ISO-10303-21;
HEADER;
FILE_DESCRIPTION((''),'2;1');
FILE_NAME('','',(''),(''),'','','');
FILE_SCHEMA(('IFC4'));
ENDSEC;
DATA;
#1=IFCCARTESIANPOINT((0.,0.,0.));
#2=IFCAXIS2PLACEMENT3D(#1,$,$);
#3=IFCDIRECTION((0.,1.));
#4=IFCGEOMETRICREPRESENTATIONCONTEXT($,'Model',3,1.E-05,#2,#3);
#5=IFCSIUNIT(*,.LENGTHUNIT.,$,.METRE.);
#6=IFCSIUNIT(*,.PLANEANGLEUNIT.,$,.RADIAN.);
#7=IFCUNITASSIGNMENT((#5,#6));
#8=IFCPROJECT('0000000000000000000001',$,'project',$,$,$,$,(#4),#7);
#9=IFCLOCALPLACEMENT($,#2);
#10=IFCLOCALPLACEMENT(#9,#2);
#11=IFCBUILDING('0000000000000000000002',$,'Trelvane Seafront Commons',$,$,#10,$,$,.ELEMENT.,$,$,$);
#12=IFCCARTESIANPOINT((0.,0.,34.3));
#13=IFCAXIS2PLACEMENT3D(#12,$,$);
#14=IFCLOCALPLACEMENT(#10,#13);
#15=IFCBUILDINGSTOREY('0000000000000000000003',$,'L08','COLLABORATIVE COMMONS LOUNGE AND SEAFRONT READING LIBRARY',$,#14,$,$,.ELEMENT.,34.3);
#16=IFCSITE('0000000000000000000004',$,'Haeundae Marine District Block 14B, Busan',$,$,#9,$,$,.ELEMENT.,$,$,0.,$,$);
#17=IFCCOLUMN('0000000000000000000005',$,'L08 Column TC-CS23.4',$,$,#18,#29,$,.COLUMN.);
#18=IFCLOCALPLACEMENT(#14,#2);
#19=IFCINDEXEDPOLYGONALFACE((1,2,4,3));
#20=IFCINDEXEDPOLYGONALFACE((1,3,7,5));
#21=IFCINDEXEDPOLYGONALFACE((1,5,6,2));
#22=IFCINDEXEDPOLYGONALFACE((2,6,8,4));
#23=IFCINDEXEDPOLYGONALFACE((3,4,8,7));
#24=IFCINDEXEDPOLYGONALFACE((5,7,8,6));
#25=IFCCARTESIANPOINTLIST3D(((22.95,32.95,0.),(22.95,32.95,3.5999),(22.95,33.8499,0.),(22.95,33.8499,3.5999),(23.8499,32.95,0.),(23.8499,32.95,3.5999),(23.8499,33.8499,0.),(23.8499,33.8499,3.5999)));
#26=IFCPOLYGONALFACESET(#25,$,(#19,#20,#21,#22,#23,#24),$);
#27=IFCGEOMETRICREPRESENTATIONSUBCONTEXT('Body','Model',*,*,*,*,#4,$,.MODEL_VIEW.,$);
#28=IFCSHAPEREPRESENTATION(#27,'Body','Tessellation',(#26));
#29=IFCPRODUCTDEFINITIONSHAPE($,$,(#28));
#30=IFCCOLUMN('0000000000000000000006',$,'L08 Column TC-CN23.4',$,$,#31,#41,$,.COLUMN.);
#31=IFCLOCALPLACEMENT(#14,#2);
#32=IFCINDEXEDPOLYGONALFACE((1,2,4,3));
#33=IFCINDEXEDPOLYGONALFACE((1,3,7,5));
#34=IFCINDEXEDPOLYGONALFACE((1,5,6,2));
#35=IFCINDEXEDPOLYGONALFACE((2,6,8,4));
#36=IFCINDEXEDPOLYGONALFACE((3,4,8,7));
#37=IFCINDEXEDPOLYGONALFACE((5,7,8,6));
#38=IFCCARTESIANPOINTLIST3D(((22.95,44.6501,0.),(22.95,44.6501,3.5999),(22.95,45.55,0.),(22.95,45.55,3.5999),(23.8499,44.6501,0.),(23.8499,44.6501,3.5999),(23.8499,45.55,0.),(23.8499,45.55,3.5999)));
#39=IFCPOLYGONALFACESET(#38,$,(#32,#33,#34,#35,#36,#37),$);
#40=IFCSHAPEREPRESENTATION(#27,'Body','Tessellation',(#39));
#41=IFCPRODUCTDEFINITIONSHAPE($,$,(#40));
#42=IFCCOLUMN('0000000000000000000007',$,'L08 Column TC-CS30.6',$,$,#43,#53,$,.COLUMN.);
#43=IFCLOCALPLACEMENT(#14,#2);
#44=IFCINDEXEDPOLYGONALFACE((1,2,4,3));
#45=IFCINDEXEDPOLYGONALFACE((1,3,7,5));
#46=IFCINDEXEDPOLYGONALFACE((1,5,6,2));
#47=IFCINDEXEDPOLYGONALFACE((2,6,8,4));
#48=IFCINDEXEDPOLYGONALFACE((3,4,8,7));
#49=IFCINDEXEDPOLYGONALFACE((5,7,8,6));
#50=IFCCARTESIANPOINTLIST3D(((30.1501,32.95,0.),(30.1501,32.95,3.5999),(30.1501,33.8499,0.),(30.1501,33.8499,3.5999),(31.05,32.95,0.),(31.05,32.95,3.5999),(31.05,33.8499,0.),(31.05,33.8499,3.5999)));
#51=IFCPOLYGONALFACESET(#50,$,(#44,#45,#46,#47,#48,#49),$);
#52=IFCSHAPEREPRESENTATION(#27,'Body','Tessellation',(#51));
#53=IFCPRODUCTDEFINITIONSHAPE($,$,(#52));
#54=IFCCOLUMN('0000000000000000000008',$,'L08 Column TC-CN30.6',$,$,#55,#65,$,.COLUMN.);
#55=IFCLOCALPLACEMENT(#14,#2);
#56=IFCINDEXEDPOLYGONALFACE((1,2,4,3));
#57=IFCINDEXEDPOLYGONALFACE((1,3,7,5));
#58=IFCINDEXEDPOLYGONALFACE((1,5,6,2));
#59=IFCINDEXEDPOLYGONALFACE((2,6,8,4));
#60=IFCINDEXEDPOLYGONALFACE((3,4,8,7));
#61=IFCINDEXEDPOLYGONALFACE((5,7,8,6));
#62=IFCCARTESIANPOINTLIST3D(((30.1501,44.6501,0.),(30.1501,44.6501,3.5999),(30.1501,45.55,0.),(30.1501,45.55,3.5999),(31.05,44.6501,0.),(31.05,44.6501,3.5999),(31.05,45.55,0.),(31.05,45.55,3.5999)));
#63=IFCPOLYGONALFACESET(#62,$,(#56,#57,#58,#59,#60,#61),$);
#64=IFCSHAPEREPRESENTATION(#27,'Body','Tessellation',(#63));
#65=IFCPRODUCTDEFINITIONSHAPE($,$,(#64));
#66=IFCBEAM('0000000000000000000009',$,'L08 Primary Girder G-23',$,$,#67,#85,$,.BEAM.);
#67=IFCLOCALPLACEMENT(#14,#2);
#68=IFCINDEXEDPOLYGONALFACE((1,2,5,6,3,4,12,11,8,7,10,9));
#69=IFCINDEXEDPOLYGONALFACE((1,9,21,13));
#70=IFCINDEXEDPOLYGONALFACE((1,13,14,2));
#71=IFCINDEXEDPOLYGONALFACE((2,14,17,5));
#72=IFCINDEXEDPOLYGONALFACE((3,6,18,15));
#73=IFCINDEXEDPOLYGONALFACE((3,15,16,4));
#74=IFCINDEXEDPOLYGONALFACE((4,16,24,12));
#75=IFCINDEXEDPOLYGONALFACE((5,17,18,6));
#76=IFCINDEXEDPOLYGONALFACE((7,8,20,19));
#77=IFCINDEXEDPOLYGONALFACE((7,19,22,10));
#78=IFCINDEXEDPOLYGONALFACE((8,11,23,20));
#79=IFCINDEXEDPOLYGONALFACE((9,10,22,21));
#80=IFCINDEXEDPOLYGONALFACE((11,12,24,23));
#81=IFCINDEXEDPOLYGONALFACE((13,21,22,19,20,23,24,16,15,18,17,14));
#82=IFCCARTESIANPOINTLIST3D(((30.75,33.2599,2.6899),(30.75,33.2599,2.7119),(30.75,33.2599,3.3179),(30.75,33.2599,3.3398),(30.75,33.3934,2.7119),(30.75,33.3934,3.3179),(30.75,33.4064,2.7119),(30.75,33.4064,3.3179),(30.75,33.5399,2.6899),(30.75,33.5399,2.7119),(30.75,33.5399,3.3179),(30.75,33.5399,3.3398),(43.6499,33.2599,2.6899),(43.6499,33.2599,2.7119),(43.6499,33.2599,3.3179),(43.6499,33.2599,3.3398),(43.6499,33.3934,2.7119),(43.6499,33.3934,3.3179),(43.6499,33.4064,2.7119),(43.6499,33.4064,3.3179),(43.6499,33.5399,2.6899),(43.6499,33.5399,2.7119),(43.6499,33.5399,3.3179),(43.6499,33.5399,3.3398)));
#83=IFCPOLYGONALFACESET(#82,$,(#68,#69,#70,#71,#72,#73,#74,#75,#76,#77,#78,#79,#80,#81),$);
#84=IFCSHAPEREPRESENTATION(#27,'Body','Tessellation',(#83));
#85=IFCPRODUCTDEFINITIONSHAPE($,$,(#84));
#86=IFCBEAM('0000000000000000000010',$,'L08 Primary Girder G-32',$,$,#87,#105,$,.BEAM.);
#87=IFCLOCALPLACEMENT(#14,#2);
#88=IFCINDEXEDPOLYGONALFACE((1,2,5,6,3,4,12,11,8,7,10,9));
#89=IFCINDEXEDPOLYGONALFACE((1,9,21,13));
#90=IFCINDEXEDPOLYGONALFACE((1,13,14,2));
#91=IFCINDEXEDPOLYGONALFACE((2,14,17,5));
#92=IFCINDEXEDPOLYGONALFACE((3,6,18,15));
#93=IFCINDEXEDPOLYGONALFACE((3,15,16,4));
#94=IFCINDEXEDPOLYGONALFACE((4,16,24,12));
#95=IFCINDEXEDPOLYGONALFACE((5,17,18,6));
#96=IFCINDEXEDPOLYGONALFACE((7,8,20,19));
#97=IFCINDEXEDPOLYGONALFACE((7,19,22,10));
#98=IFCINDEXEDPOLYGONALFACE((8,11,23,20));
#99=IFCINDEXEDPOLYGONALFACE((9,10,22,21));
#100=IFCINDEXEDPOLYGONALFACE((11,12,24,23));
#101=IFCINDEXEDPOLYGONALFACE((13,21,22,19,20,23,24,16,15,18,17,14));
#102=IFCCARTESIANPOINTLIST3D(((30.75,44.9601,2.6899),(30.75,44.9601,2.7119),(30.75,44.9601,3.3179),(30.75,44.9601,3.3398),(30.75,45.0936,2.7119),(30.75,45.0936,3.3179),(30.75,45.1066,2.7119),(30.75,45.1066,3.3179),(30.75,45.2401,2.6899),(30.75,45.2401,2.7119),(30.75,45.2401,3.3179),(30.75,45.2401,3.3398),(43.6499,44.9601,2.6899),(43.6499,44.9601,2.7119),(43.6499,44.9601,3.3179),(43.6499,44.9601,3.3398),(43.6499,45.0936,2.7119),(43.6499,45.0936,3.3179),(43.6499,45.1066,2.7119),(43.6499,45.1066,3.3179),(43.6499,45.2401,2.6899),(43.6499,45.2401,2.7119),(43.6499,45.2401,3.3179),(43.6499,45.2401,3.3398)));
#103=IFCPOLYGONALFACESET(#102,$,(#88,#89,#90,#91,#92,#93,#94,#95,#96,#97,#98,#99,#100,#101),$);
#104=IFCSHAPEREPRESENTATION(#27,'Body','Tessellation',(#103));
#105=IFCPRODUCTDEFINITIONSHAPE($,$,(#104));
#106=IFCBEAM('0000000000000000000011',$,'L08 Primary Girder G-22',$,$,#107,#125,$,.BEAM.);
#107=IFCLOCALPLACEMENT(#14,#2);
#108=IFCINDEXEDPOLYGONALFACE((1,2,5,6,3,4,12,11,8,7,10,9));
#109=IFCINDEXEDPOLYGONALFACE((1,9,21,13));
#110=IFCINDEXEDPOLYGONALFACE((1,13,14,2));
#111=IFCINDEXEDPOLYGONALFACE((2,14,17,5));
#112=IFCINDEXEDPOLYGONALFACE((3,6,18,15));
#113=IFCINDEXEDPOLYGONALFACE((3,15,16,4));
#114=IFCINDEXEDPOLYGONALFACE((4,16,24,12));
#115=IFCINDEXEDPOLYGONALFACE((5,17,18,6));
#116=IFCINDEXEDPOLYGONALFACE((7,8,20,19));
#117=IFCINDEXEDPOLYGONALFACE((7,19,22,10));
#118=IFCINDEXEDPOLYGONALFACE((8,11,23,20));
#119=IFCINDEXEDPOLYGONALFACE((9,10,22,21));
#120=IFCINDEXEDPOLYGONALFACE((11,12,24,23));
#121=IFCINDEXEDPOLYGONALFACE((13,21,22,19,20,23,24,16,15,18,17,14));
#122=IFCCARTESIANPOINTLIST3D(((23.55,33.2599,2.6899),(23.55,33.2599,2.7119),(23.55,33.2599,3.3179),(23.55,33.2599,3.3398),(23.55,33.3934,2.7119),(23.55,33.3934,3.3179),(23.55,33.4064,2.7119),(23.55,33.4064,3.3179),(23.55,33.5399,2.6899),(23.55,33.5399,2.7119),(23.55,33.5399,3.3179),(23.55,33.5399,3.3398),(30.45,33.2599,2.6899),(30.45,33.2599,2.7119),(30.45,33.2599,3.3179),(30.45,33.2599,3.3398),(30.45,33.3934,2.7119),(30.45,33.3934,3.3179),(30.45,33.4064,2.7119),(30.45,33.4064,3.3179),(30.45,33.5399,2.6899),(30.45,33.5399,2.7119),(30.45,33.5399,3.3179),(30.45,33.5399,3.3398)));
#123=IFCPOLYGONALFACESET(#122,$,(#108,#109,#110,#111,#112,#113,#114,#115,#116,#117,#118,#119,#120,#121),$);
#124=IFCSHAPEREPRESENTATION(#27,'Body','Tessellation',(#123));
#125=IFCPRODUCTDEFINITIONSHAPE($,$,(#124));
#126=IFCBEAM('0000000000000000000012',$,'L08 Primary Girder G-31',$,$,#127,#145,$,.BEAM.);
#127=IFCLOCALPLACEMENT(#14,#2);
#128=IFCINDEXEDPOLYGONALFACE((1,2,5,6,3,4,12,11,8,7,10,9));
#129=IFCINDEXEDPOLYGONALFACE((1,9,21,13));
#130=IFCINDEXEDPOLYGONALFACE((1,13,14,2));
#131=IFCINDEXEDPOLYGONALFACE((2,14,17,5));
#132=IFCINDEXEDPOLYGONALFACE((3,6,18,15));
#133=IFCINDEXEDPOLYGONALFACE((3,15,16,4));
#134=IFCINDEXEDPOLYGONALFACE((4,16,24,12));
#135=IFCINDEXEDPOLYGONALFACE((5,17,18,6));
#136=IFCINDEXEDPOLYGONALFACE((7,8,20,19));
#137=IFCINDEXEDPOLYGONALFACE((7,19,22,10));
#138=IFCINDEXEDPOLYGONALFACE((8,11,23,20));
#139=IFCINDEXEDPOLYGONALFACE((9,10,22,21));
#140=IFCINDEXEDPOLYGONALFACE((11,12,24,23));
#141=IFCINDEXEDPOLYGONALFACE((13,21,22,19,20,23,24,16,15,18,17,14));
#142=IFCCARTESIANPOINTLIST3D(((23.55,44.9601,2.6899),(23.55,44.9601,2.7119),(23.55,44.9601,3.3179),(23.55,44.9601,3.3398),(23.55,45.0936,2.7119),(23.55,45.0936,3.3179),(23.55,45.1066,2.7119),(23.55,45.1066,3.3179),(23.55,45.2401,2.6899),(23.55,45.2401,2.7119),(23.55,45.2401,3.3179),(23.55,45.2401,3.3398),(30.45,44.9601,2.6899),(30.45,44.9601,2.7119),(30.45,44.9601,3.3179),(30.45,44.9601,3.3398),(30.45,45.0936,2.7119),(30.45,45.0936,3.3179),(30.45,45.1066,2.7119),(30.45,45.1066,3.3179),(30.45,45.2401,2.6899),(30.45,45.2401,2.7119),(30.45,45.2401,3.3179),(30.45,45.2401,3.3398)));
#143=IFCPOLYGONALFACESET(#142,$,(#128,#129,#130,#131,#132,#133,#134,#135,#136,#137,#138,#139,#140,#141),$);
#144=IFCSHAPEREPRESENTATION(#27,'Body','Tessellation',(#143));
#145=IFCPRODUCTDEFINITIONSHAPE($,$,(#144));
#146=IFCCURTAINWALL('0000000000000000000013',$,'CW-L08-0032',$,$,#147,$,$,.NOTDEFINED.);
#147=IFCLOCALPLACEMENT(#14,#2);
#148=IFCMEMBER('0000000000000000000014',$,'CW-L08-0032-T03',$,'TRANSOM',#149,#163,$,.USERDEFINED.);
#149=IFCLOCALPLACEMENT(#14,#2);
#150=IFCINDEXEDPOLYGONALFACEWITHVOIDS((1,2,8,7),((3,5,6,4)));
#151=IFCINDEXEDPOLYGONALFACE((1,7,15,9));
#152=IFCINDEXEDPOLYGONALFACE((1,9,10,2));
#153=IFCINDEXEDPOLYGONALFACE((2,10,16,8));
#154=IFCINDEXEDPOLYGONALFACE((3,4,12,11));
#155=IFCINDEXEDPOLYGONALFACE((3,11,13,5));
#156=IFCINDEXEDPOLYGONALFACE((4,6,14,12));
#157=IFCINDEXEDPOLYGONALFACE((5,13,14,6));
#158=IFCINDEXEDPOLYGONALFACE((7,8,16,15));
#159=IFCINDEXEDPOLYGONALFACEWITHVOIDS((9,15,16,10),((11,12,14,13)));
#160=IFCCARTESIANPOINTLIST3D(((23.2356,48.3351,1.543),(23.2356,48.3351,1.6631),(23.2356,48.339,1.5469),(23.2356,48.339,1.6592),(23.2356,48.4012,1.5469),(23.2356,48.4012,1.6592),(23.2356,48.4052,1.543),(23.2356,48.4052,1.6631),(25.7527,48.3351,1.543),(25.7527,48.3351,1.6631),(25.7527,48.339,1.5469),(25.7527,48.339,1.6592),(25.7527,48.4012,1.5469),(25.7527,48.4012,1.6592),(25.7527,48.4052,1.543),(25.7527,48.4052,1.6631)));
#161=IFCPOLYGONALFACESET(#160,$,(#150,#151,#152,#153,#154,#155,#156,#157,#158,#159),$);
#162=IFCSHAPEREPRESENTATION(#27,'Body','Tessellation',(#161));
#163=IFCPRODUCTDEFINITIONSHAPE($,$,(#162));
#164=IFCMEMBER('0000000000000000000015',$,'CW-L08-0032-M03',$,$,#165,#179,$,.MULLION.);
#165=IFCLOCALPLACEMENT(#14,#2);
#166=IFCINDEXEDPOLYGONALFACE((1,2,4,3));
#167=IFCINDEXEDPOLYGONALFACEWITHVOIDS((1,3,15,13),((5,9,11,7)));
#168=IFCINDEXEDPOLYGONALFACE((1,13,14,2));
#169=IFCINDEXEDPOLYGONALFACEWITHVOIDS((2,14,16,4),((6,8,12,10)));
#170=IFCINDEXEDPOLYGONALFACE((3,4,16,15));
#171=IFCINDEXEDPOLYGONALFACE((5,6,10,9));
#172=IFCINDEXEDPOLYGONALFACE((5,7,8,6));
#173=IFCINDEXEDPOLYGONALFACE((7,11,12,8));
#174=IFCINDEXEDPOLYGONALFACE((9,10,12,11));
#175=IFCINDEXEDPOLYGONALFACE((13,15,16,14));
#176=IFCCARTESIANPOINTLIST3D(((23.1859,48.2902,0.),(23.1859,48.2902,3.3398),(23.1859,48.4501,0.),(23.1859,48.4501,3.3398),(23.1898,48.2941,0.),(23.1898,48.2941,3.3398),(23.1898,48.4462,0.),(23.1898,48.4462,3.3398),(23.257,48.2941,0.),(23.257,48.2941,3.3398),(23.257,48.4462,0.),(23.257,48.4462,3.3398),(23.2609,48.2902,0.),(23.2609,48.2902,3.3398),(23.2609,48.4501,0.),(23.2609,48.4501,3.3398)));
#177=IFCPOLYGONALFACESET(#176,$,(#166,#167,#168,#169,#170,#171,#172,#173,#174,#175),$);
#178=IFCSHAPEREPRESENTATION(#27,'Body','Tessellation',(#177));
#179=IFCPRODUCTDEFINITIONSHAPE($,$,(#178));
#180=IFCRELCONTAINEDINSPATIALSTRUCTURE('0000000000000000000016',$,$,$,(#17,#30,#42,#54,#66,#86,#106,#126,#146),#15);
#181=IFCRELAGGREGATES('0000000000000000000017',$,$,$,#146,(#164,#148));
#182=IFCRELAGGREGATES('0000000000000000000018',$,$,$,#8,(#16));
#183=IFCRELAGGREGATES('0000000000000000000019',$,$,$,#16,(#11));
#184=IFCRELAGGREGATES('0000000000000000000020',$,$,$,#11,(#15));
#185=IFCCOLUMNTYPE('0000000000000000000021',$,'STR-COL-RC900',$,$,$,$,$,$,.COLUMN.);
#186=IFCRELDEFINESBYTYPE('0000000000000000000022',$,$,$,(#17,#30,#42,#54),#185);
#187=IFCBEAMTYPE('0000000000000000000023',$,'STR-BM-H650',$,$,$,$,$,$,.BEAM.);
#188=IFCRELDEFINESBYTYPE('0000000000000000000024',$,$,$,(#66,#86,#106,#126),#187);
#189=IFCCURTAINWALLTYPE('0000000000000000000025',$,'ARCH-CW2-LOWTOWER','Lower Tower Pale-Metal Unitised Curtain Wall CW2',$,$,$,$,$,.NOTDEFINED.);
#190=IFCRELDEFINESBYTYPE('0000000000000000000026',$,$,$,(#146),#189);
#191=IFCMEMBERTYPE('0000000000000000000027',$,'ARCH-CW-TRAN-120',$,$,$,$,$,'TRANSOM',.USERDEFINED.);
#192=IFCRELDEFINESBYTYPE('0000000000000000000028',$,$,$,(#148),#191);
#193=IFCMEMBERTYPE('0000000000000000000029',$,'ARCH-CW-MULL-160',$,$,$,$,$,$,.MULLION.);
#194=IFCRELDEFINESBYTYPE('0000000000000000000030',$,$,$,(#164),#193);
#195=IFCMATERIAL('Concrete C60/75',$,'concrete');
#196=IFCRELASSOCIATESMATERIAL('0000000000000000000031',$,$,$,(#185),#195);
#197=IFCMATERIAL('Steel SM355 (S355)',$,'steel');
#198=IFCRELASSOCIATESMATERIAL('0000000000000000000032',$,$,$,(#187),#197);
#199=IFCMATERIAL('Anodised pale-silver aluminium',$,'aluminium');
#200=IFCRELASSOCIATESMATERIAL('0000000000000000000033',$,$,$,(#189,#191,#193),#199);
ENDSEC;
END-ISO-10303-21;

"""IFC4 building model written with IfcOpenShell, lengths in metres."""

from ifc_helpers import new_model, si_unit, direction, frame, origin, origin_2d, place, context, subcontext, project, spatial, rectangle, hollow_rectangle, i_section, extrude, source, transform, mapped, material, material_profile, profile_set, type_object, element, aggregate, save


model = new_model("IFC4")

# Units and contexts
model_context = context("Model", 3, precision=1e-05, world=origin(), true_north=direction((0.0, 1.0)))
body_context = subcontext(model_context, "Body", "Model", "MODEL_VIEW")
ifc_project = project(units=[si_unit("LENGTHUNIT", "METRE"), si_unit("PLANEANGLEUNIT", "RADIAN")], contexts=[model_context])

# Site, building, storey
site_placement = place(None, origin())
site = spatial("IfcSite", under=ifc_project, at=site_placement, Name="Haeundae Marine District Block 14B, Busan", CompositionType="ELEMENT", RefElevation=0.0)
building_placement = place(site_placement, origin())
building = spatial("IfcBuilding", under=site, at=building_placement, Name="Trelvane Seafront Commons", CompositionType="ELEMENT")
storey_placement = place(building_placement, frame((0.0, 0.0, 34.3)))
storey = spatial("IfcBuildingStorey", under=building, at=storey_placement, Name="L08", Description="COLLABORATIVE COMMONS LOUNGE AND SEAFRONT READING LIBRARY", CompositionType="ELEMENT", Elevation=34.3)

# Columns
ifc_material_1 = material(Name="Concrete C60/75", Category="concrete")
ifc_material_profile_1 = material_profile(ifc_material_1, rectangle(XDim=0.8999, YDim=0.8999, at=origin_2d()), Name="RC-900x900")
ifc_profile_set_1 = profile_set([ifc_material_profile_1], Name="Concrete C60/75")
column_type = type_object("IfcColumnType", Name="STR-COL-RC900", PredefinedType="COLUMN", material=ifc_profile_set_1)
shared_shape_1 = source(origin(), body_context, "Body", "SweptSolid", [
    extrude(rectangle(XDim=0.8999, YDim=0.8999, at=origin_2d()), origin(), (0.0, 0.0, 1.0), 3.5999),
])
for number, where, z_axis, x_axis, name in (
    (1, (23.3999, 33.3999, 0.0), (0.0, 0.0, 1.0), (1.0, 0.0, 0.0), "L08 Column TC-CS23.4"),
    (2, (23.3999, 45.1001, 0.0), (0.0, 0.0, 1.0), (1.0, 0.0, 0.0), "L08 Column TC-CN23.4"),
    (3, (30.6001, 33.3999, 0.0), (0.0, 0.0, 1.0), (1.0, 0.0, 0.0), "L08 Column TC-CS30.6"),
    (4, (30.6001, 45.1001, 0.0), (0.0, 0.0, 1.0), (1.0, 0.0, 0.0), "L08 Column TC-CN30.6"),
):
    element("IfcColumn", number, at=place(storey_placement, frame(where, z_axis=z_axis, x_axis=x_axis)), inside=storey, type_object=column_type, Name=name, PredefinedType="COLUMN", context=body_context, shape_type="MappedRepresentation", body=[
        mapped(shared_shape_1, transform((0.0, 0.0, 0.0), x_axis=(1.0, 0.0, 0.0), y_axis=(0.0, 1.0, 0.0), z_axis=(0.0, 0.0, 1.0), scale=1.0)),
    ])

# Beams
ifc_material_2 = material(Name="Steel SM355 (S355)", Category="steel")
ifc_material_profile_2 = material_profile(ifc_material_2, i_section(OverallWidth=0.28, OverallDepth=0.6499, WebThickness=0.0129, FlangeThickness=0.022, at=origin_2d()), Name="H-650x280x13x22")
ifc_profile_set_2 = profile_set([ifc_material_profile_2], Name="Steel SM355 (S355)")
beam_type = type_object("IfcBeamType", Name="STR-BM-H650", PredefinedType="BEAM", material=ifc_profile_set_2)
shared_shape_2 = source(origin(), body_context, "Body", "SweptSolid", [
    extrude(i_section(OverallWidth=0.28, OverallDepth=0.6499, WebThickness=0.0129, FlangeThickness=0.022, at=origin_2d()), origin(), (0.0, 0.0, 1.0), 12.8999),
])
for number, where, z_axis, x_axis, name in (
    (5, (30.75, 33.3999, 3.0149), (1.0, 0.0, 0.0), (0.0, 1.0, 0.0), "L08 Primary Girder G-23"),
    (6, (30.75, 45.1001, 3.0149), (1.0, 0.0, 0.0), (0.0, 1.0, 0.0), "L08 Primary Girder G-32"),
):
    element("IfcBeam", number, at=place(storey_placement, frame(where, z_axis=z_axis, x_axis=x_axis)), inside=storey, type_object=beam_type, Name=name, PredefinedType="BEAM", context=body_context, shape_type="MappedRepresentation", body=[
        mapped(shared_shape_2, transform((0.0, 0.0, 0.0), x_axis=(1.0, 0.0, 0.0), y_axis=(0.0, 1.0, 0.0), z_axis=(0.0, 0.0, 1.0), scale=1.0)),
    ])
shared_shape_3 = source(origin(), body_context, "Body", "SweptSolid", [
    extrude(i_section(OverallWidth=0.28, OverallDepth=0.6499, WebThickness=0.0129, FlangeThickness=0.022, at=origin_2d()), origin(), (0.0, 0.0, 1.0), 6.8999),
])
for number, where, z_axis, x_axis, name in (
    (7, (23.55, 33.3999, 3.0149), (1.0, 0.0, 0.0), (0.0, 1.0, 0.0), "L08 Primary Girder G-22"),
    (8, (23.55, 45.1001, 3.0149), (1.0, 0.0, 0.0), (0.0, 1.0, 0.0), "L08 Primary Girder G-31"),
):
    element("IfcBeam", number, at=place(storey_placement, frame(where, z_axis=z_axis, x_axis=x_axis)), inside=storey, type_object=beam_type, Name=name, PredefinedType="BEAM", context=body_context, shape_type="MappedRepresentation", body=[
        mapped(shared_shape_3, transform((0.0, 0.0, 0.0), x_axis=(1.0, 0.0, 0.0), y_axis=(0.0, 1.0, 0.0), z_axis=(0.0, 0.0, 1.0), scale=1.0)),
    ])

# Curtain wall, members
ifc_material_3 = material(Name="Anodised pale-silver aluminium", Category="aluminium")
curtain_wall_type = type_object("IfcCurtainWallType", Name="ARCH-CW2-LOWTOWER", Description="Lower Tower Pale-Metal Unitised Curtain Wall CW2", PredefinedType="NOTDEFINED", material=ifc_material_3)
curtain_wall_placement = place(storey_placement, origin())
curtain_wall = element("IfcCurtainWall", 9, at=curtain_wall_placement, inside=storey, type_object=curtain_wall_type, Name="CW-L08-0032", PredefinedType="NOTDEFINED")
ifc_material_profile_3 = material_profile(ifc_material_3, hollow_rectangle(XDim=0.0701, YDim=0.1201, WallThickness=0.0039, at=origin_2d()), Name="TRAN-70x120x4")
ifc_profile_set_3 = profile_set([ifc_material_profile_3], Name="Anodised pale-silver aluminium")
member_type_1 = type_object("IfcMemberType", Name="ARCH-CW-TRAN-120", ElementType="TRANSOM", PredefinedType="USERDEFINED", material=ifc_profile_set_3)
shared_shape_4 = source(origin(), body_context, "Body", "SweptSolid", [
    extrude(hollow_rectangle(XDim=0.0701, YDim=0.1201, WallThickness=0.0039, at=origin_2d()), origin(), (0.0, 0.0, 1.0), 2.5171),
])
member_1_placement = place(storey_placement, frame((23.2356, 48.3701, 1.603), z_axis=(1.0, 0.0, 0.0), x_axis=(0.0, 1.0, 0.0)))
member_1 = element("IfcMember", 10, at=member_1_placement, type_object=member_type_1, Name="CW-L08-0032-T03", ObjectType="TRANSOM", PredefinedType="USERDEFINED", context=body_context, shape_type="MappedRepresentation", body=[
    mapped(shared_shape_4, transform((0.0, 0.0, 0.0), x_axis=(1.0, 0.0, 0.0), y_axis=(0.0, 1.0, 0.0), z_axis=(0.0, 0.0, 1.0), scale=1.0)),
])
ifc_material_profile_4 = material_profile(ifc_material_3, hollow_rectangle(XDim=0.075, YDim=0.1599, WallThickness=0.0039, at=origin_2d()), Name="MULL-75x160x4")
ifc_profile_set_4 = profile_set([ifc_material_profile_4], Name="Anodised pale-silver aluminium")
member_type_2 = type_object("IfcMemberType", Name="ARCH-CW-MULL-160", PredefinedType="MULLION", material=ifc_profile_set_4)
shared_shape_5 = source(origin(), body_context, "Body", "SweptSolid", [
    extrude(hollow_rectangle(XDim=0.075, YDim=0.1599, WallThickness=0.0039, at=origin_2d()), origin(), (0.0, 0.0, 1.0), 3.3398),
])
member_2_placement = place(storey_placement, frame((23.2234, 48.3701, 0.0), z_axis=(0.0, 0.0, 1.0), x_axis=(1.0, 0.0, 0.0)))
member_2 = element("IfcMember", 11, at=member_2_placement, type_object=member_type_2, Name="CW-L08-0032-M03", PredefinedType="MULLION", context=body_context, shape_type="MappedRepresentation", body=[
    mapped(shared_shape_5, transform((0.0, 0.0, 0.0), x_axis=(1.0, 0.0, 0.0), y_axis=(0.0, 1.0, 0.0), z_axis=(0.0, 0.0, 1.0), scale=1.0)),
])
aggregate(curtain_wall, [member_2, member_1])

save(model, "model.ifc")
